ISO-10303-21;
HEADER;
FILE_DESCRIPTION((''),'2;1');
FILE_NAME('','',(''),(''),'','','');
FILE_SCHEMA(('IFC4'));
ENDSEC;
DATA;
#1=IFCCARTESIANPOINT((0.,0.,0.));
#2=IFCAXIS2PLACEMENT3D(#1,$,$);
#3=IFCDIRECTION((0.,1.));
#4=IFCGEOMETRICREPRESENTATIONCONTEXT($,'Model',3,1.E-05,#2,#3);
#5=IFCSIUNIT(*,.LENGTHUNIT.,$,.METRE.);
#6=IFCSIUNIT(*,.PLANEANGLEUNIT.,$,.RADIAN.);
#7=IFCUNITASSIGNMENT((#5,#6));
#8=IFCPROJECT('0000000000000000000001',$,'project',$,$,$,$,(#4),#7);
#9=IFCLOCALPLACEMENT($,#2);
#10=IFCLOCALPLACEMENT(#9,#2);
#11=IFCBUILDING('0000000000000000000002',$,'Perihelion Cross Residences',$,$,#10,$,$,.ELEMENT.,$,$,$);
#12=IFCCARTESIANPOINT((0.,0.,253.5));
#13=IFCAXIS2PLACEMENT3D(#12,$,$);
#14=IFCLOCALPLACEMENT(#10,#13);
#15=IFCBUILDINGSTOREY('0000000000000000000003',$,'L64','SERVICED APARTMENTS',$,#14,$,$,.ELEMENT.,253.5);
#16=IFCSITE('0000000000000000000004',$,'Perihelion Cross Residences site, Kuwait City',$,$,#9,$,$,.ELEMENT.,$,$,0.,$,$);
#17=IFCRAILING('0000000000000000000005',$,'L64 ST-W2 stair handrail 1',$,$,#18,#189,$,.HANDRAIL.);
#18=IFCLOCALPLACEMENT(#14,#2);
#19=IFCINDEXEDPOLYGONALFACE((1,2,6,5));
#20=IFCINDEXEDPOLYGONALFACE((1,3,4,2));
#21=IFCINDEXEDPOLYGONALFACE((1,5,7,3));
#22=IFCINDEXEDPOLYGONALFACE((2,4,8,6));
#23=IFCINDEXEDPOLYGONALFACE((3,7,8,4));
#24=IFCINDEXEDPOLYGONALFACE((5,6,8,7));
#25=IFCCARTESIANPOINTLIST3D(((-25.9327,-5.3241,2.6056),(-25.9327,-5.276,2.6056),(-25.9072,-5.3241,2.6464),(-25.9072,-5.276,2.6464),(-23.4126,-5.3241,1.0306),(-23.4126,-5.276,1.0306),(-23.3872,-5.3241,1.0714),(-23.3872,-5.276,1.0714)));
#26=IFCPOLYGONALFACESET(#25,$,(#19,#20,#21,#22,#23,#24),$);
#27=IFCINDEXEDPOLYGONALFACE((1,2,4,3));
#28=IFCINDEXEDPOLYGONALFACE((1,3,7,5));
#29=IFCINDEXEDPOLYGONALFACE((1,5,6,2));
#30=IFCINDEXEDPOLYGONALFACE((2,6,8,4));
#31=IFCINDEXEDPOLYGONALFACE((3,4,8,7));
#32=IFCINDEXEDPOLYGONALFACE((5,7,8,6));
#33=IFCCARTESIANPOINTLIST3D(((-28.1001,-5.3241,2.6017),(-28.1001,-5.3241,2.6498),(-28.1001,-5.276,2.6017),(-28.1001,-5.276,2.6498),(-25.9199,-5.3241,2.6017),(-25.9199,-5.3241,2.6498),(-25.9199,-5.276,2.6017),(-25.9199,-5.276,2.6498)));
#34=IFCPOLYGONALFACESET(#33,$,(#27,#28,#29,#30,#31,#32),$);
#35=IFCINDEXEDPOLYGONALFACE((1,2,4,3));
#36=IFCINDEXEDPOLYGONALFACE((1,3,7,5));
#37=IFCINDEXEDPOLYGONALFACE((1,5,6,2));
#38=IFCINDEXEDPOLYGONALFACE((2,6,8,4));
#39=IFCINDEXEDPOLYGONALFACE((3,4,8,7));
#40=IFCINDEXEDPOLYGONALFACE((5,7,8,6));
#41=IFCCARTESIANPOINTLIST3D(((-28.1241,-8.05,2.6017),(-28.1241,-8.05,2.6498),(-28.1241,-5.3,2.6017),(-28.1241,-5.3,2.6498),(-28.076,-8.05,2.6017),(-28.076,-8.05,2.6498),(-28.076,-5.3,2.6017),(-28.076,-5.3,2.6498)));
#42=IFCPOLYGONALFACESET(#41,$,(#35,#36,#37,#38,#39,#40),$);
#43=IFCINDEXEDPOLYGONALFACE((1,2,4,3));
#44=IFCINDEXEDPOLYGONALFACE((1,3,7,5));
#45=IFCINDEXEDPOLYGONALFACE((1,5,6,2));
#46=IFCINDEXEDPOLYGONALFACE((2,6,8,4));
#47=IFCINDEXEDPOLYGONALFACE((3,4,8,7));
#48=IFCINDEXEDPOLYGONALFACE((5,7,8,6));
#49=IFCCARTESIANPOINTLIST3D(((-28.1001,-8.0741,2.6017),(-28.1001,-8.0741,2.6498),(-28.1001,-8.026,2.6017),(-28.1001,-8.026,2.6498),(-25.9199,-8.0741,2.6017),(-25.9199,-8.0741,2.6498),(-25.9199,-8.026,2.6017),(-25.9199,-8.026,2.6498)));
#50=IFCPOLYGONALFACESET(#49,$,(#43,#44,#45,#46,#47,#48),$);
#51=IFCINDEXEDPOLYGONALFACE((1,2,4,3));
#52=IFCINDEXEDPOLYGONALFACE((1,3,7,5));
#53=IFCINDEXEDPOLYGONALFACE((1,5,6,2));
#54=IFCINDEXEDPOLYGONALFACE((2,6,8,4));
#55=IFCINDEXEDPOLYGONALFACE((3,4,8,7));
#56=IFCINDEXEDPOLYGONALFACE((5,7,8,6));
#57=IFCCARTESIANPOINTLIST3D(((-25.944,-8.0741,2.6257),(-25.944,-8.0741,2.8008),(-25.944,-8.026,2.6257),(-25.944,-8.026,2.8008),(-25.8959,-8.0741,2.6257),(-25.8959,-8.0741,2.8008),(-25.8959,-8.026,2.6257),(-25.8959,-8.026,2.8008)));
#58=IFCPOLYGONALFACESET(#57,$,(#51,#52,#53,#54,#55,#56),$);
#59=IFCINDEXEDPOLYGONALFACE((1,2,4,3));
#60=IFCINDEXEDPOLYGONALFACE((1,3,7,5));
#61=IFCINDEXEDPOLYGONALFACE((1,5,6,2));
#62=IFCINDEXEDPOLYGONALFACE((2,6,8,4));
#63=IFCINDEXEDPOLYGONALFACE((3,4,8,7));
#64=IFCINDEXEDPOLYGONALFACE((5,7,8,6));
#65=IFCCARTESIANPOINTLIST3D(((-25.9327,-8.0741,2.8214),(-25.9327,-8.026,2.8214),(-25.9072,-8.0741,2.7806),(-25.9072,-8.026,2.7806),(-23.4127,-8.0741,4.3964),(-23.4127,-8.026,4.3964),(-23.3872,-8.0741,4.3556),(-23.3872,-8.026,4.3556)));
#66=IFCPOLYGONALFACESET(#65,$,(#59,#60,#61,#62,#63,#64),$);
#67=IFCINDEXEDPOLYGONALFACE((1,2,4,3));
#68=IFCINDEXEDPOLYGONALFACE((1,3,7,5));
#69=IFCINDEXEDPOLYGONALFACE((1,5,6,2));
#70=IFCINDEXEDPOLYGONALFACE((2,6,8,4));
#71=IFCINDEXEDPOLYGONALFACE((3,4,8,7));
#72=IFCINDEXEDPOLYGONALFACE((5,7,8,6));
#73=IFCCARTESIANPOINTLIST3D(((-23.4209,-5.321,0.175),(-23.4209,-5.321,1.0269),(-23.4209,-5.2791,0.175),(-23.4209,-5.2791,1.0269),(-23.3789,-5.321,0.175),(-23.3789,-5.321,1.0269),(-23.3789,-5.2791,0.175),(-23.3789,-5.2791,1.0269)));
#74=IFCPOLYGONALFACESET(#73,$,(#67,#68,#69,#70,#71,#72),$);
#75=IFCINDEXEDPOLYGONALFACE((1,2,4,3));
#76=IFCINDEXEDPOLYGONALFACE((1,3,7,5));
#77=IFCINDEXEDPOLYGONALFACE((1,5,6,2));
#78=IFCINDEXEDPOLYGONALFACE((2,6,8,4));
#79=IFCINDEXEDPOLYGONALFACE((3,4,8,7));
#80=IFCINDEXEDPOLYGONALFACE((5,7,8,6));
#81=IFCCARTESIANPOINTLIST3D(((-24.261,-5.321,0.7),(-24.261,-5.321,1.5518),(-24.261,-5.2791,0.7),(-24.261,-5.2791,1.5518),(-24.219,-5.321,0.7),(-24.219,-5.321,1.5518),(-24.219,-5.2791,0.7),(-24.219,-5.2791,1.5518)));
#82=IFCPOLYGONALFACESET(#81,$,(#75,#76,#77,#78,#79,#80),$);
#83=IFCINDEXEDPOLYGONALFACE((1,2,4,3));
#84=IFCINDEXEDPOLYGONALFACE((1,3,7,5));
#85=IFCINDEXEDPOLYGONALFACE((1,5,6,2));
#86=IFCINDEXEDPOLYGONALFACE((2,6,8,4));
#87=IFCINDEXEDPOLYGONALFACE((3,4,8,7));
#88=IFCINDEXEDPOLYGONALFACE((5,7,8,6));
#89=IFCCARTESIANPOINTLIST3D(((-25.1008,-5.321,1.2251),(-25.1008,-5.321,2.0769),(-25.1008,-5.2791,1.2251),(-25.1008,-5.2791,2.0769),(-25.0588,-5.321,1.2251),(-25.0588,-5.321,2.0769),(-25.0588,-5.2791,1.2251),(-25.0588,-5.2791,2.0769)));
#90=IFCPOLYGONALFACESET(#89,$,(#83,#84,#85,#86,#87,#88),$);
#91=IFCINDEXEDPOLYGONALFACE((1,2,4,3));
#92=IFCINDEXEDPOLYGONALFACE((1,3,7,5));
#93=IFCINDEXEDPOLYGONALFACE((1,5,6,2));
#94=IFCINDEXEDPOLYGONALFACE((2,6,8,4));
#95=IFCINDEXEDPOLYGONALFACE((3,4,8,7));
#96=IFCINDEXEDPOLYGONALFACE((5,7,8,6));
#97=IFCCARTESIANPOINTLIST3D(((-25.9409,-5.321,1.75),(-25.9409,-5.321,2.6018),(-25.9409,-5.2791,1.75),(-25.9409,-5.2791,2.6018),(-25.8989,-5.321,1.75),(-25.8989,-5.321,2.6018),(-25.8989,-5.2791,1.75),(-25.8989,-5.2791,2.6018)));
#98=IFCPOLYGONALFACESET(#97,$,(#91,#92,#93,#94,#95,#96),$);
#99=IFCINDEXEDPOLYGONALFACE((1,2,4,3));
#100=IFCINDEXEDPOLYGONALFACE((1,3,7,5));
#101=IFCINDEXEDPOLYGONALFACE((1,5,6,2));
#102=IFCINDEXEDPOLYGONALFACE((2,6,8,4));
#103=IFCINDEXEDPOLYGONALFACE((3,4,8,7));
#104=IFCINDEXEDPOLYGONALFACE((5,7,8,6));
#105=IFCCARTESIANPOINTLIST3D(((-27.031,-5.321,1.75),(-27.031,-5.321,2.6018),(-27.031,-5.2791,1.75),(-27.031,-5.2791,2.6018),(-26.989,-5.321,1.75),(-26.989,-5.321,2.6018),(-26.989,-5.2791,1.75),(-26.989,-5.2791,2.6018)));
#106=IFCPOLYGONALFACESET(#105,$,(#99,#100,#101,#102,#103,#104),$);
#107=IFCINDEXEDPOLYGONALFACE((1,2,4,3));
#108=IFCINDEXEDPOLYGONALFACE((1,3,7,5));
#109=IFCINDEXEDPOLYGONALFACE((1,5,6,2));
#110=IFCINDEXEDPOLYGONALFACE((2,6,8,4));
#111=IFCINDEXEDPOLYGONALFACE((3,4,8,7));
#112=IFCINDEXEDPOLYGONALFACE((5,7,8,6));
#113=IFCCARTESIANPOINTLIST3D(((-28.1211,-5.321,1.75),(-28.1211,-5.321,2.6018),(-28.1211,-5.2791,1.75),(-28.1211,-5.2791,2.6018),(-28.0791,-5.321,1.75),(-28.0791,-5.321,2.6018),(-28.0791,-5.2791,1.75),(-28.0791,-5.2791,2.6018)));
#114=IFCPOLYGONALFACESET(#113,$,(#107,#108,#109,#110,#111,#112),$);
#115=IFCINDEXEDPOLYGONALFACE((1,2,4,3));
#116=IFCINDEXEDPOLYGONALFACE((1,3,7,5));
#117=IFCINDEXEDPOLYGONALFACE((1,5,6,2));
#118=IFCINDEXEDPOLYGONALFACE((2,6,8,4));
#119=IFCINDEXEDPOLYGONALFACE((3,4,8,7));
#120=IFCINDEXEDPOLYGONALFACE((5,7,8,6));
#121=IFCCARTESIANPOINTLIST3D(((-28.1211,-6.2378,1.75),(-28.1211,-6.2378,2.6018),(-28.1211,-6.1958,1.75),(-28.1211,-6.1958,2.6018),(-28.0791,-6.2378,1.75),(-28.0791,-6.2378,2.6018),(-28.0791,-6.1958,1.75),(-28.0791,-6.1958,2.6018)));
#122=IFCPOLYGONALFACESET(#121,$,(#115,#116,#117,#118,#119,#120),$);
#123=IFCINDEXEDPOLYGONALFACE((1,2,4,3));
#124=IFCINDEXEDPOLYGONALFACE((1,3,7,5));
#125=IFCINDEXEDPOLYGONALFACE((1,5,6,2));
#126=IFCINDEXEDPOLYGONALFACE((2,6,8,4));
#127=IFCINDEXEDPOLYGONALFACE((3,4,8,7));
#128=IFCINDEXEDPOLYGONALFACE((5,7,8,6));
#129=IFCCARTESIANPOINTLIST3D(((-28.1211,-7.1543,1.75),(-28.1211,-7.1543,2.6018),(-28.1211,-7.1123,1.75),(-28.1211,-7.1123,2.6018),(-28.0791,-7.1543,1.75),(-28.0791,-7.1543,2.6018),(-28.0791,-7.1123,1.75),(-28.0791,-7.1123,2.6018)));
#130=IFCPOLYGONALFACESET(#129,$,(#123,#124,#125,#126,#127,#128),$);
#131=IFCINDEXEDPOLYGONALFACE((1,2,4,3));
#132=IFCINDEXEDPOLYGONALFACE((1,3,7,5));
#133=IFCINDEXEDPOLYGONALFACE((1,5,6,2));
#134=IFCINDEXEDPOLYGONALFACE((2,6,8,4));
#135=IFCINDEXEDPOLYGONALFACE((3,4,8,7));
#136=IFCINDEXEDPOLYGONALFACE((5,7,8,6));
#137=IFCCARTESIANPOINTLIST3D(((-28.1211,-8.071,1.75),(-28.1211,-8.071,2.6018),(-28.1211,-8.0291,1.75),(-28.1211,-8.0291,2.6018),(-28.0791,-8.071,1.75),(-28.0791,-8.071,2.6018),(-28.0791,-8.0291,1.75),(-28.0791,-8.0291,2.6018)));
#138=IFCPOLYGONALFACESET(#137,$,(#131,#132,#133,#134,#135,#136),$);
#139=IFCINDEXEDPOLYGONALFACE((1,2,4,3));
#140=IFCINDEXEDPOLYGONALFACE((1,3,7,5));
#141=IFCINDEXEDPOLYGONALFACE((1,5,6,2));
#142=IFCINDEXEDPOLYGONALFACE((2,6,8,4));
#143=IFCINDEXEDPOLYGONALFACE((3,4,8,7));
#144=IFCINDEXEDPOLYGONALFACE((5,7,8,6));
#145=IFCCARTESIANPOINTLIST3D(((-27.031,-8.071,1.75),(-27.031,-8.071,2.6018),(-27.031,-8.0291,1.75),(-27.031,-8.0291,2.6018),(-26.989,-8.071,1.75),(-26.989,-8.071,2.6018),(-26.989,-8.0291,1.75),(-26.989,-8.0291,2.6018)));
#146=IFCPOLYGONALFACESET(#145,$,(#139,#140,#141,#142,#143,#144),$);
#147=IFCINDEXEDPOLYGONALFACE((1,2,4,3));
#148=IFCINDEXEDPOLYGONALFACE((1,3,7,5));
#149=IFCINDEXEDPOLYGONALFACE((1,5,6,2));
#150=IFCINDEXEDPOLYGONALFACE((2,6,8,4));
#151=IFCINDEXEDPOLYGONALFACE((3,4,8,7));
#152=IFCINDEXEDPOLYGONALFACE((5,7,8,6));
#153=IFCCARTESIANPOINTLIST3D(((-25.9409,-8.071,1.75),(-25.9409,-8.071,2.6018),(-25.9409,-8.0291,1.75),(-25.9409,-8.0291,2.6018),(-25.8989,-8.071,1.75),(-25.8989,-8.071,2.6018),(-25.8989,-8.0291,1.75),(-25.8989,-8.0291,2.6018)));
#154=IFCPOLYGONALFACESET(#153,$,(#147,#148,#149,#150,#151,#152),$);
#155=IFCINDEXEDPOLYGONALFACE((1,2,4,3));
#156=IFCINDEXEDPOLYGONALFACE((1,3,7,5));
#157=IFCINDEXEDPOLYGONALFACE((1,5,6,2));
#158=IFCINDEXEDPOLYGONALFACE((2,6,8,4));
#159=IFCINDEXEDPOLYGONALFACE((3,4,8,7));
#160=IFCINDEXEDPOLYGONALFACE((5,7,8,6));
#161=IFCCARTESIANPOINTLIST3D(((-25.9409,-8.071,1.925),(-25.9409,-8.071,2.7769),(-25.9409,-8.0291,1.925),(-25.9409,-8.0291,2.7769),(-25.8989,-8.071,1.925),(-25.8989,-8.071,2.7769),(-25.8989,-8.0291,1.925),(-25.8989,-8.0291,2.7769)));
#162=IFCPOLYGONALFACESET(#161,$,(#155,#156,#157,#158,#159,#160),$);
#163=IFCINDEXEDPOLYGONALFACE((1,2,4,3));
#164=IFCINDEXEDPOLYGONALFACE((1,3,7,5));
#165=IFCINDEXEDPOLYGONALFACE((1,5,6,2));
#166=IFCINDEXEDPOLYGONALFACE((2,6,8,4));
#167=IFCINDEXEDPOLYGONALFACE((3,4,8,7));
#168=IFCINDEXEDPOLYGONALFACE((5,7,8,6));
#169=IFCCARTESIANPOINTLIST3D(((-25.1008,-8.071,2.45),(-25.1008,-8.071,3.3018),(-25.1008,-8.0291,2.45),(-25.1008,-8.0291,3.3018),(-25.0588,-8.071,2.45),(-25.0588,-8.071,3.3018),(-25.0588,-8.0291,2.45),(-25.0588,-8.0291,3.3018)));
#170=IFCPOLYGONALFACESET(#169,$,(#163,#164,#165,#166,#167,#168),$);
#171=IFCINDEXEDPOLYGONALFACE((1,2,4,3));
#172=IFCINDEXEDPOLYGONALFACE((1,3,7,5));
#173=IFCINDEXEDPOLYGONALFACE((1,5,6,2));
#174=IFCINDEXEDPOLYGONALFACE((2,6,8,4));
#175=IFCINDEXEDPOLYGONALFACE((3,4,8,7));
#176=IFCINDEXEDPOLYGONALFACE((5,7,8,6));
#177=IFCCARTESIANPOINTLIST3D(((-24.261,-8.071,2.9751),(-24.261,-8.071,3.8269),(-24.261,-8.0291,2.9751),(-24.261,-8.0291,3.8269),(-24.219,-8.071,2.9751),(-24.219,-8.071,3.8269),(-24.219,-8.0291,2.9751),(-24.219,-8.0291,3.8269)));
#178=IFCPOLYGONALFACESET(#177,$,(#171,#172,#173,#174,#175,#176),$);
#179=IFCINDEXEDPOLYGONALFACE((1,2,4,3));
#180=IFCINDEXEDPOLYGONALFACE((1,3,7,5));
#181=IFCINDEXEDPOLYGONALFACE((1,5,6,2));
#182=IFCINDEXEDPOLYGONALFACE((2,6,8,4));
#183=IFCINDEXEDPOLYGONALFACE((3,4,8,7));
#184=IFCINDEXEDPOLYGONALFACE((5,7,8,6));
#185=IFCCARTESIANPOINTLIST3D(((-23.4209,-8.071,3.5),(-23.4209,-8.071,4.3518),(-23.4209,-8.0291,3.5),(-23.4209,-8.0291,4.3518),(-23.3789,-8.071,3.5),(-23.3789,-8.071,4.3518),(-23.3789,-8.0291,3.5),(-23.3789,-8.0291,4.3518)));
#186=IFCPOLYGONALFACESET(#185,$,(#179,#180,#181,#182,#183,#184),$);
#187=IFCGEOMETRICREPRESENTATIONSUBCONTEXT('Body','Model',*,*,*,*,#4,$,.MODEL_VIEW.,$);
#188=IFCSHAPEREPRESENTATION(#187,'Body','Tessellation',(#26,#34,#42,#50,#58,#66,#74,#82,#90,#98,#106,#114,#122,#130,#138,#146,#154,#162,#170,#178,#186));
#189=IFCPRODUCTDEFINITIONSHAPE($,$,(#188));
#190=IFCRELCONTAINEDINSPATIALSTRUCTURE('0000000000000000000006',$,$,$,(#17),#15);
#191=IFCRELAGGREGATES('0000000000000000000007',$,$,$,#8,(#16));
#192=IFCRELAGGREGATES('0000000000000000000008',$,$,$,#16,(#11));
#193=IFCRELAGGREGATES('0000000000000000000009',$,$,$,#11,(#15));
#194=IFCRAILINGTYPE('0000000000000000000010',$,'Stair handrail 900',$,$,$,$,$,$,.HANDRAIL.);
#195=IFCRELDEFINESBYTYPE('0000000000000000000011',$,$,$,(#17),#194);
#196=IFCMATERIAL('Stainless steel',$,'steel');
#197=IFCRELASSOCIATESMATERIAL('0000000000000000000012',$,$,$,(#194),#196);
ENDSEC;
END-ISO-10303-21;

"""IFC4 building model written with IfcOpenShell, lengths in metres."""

from ifc_helpers import new_model, si_unit, direction, frame, origin, origin_2d, place, context, subcontext, project, spatial, rectangle, extrude, material, type_object, element, save


model = new_model("IFC4")

# Units and contexts
model_context = context("Model", 3, precision=1e-05, world=origin(), true_north=direction((0.0, 1.0)))
body_context = subcontext(model_context, "Body", "Model", "MODEL_VIEW")
ifc_project = project(units=[si_unit("LENGTHUNIT", "METRE"), si_unit("PLANEANGLEUNIT", "RADIAN")], contexts=[model_context])

# Site, building, storey
site_placement = place(None, origin())
site = spatial("IfcSite", under=ifc_project, at=site_placement, Name="Perihelion Cross Residences site, Kuwait City", CompositionType="ELEMENT", RefElevation=0.0)
building_placement = place(site_placement, origin())
building = spatial("IfcBuilding", under=site, at=building_placement, Name="Perihelion Cross Residences", CompositionType="ELEMENT")
storey_placement = place(building_placement, frame((0.0, 0.0, 253.5)))
storey = spatial("IfcBuildingStorey", under=building, at=storey_placement, Name="L64", Description="SERVICED APARTMENTS", CompositionType="ELEMENT", Elevation=253.5)

# Railing
ifc_material_1 = material(Name="Stainless steel", Category="steel")
railing_type_1 = type_object("IfcRailingType", Name="Stair handrail 900", PredefinedType="HANDRAIL", material=ifc_material_1)
railing_1_placement = place(storey_placement, frame((-23.3999, -5.3, 0.175)))
element("IfcRailing", 1, at=railing_1_placement, inside=storey, type_object=railing_type_1, Name="L64 ST-W2 stair handrail 1", PredefinedType="HANDRAIL", context=body_context, shape_type="SweptSolid", body=[
    extrude(rectangle(XDim=0.0481, YDim=0.0481, at=origin_2d()), frame((0.0, 0.0, 0.876), z_axis=(-0.848008, 0.0, 0.529984), x_axis=(0.0, -1.0, 0.0)), (0.0, 0.0, 1.0), 2.9717),
    extrude(rectangle(XDim=0.0481, YDim=0.0481, at=origin_2d()), frame((-2.52, 0.0, 2.4507), z_axis=(-1.0, 0.0, 0.0), x_axis=(0.0, -1.0, 0.0)), (0.0, 0.0, 1.0), 2.1802),
    extrude(rectangle(XDim=0.0481, YDim=0.0481, at=origin_2d()), frame((-4.7002, 0.0, 2.4507), z_axis=(0.0, -1.0, 0.0), x_axis=(1.0, 0.0, 0.0)), (0.0, 0.0, 1.0), 2.75),
    extrude(rectangle(XDim=0.0481, YDim=0.0481, at=origin_2d()), frame((-4.7002, -2.75, 2.4507), z_axis=(1.0, 0.0, 0.0), x_axis=(0.0, 1.0, 0.0)), (0.0, 0.0, 1.0), 2.1802),
    extrude(rectangle(XDim=0.0481, YDim=0.0481, at=origin_2d()), frame((-2.52, -2.75, 2.4507), z_axis=(0.0, 0.0, 1.0), x_axis=(1.0, 0.0, 0.0)), (0.0, 0.0, 1.0), 0.175),
    extrude(rectangle(XDim=0.0481, YDim=0.0481, at=origin_2d()), frame((-2.52, -2.75, 2.626), z_axis=(0.848008, 0.0, 0.529984), x_axis=(0.0, 1.0, 0.0)), (0.0, 0.0, 1.0), 2.9717),
    extrude(rectangle(XDim=0.042, YDim=0.042, at=origin_2d()), origin(), (0.0, 0.0, 1.0), 0.8518),
    extrude(rectangle(XDim=0.042, YDim=0.042, at=origin_2d()), frame((-0.8401, 0.0, 0.5249)), (0.0, 0.0, 1.0), 0.8518),
    extrude(rectangle(XDim=0.042, YDim=0.042, at=origin_2d()), frame((-1.6799, 0.0, 1.05)), (0.0, 0.0, 1.0), 0.8518),
    extrude(rectangle(XDim=0.042, YDim=0.042, at=origin_2d()), frame((-2.52, 0.0, 1.575)), (0.0, 0.0, 1.0), 0.8518),
    extrude(rectangle(XDim=0.042, YDim=0.042, at=origin_2d()), frame((-3.6101, 0.0, 1.575)), (0.0, 0.0, 1.0), 0.8518),
    extrude(rectangle(XDim=0.042, YDim=0.042, at=origin_2d()), frame((-4.7002, 0.0, 1.575)), (0.0, 0.0, 1.0), 0.8518),
    extrude(rectangle(XDim=0.042, YDim=0.042, at=origin_2d()), frame((-4.7002, -0.9167, 1.575)), (0.0, 0.0, 1.0), 0.8518),
    extrude(rectangle(XDim=0.042, YDim=0.042, at=origin_2d()), frame((-4.7002, -1.8333, 1.575)), (0.0, 0.0, 1.0), 0.8518),
    extrude(rectangle(XDim=0.042, YDim=0.042, at=origin_2d()), frame((-4.7002, -2.75, 1.575)), (0.0, 0.0, 1.0), 0.8518),
    extrude(rectangle(XDim=0.042, YDim=0.042, at=origin_2d()), frame((-3.6101, -2.75, 1.575)), (0.0, 0.0, 1.0), 0.8518),
    extrude(rectangle(XDim=0.042, YDim=0.042, at=origin_2d()), frame((-2.52, -2.75, 1.575)), (0.0, 0.0, 1.0), 0.8518),
    extrude(rectangle(XDim=0.042, YDim=0.042, at=origin_2d()), frame((-2.52, -2.75, 1.75)), (0.0, 0.0, 1.0), 0.8518),
    extrude(rectangle(XDim=0.042, YDim=0.042, at=origin_2d()), frame((-1.6799, -2.75, 2.2749)), (0.0, 0.0, 1.0), 0.8518),
    extrude(rectangle(XDim=0.042, YDim=0.042, at=origin_2d()), frame((-0.8401, -2.75, 2.8)), (0.0, 0.0, 1.0), 0.8518),
    extrude(rectangle(XDim=0.042, YDim=0.042, at=origin_2d()), frame((0.0, -2.75, 3.325)), (0.0, 0.0, 1.0), 0.8518),
])

save(model, "model.ifc")
